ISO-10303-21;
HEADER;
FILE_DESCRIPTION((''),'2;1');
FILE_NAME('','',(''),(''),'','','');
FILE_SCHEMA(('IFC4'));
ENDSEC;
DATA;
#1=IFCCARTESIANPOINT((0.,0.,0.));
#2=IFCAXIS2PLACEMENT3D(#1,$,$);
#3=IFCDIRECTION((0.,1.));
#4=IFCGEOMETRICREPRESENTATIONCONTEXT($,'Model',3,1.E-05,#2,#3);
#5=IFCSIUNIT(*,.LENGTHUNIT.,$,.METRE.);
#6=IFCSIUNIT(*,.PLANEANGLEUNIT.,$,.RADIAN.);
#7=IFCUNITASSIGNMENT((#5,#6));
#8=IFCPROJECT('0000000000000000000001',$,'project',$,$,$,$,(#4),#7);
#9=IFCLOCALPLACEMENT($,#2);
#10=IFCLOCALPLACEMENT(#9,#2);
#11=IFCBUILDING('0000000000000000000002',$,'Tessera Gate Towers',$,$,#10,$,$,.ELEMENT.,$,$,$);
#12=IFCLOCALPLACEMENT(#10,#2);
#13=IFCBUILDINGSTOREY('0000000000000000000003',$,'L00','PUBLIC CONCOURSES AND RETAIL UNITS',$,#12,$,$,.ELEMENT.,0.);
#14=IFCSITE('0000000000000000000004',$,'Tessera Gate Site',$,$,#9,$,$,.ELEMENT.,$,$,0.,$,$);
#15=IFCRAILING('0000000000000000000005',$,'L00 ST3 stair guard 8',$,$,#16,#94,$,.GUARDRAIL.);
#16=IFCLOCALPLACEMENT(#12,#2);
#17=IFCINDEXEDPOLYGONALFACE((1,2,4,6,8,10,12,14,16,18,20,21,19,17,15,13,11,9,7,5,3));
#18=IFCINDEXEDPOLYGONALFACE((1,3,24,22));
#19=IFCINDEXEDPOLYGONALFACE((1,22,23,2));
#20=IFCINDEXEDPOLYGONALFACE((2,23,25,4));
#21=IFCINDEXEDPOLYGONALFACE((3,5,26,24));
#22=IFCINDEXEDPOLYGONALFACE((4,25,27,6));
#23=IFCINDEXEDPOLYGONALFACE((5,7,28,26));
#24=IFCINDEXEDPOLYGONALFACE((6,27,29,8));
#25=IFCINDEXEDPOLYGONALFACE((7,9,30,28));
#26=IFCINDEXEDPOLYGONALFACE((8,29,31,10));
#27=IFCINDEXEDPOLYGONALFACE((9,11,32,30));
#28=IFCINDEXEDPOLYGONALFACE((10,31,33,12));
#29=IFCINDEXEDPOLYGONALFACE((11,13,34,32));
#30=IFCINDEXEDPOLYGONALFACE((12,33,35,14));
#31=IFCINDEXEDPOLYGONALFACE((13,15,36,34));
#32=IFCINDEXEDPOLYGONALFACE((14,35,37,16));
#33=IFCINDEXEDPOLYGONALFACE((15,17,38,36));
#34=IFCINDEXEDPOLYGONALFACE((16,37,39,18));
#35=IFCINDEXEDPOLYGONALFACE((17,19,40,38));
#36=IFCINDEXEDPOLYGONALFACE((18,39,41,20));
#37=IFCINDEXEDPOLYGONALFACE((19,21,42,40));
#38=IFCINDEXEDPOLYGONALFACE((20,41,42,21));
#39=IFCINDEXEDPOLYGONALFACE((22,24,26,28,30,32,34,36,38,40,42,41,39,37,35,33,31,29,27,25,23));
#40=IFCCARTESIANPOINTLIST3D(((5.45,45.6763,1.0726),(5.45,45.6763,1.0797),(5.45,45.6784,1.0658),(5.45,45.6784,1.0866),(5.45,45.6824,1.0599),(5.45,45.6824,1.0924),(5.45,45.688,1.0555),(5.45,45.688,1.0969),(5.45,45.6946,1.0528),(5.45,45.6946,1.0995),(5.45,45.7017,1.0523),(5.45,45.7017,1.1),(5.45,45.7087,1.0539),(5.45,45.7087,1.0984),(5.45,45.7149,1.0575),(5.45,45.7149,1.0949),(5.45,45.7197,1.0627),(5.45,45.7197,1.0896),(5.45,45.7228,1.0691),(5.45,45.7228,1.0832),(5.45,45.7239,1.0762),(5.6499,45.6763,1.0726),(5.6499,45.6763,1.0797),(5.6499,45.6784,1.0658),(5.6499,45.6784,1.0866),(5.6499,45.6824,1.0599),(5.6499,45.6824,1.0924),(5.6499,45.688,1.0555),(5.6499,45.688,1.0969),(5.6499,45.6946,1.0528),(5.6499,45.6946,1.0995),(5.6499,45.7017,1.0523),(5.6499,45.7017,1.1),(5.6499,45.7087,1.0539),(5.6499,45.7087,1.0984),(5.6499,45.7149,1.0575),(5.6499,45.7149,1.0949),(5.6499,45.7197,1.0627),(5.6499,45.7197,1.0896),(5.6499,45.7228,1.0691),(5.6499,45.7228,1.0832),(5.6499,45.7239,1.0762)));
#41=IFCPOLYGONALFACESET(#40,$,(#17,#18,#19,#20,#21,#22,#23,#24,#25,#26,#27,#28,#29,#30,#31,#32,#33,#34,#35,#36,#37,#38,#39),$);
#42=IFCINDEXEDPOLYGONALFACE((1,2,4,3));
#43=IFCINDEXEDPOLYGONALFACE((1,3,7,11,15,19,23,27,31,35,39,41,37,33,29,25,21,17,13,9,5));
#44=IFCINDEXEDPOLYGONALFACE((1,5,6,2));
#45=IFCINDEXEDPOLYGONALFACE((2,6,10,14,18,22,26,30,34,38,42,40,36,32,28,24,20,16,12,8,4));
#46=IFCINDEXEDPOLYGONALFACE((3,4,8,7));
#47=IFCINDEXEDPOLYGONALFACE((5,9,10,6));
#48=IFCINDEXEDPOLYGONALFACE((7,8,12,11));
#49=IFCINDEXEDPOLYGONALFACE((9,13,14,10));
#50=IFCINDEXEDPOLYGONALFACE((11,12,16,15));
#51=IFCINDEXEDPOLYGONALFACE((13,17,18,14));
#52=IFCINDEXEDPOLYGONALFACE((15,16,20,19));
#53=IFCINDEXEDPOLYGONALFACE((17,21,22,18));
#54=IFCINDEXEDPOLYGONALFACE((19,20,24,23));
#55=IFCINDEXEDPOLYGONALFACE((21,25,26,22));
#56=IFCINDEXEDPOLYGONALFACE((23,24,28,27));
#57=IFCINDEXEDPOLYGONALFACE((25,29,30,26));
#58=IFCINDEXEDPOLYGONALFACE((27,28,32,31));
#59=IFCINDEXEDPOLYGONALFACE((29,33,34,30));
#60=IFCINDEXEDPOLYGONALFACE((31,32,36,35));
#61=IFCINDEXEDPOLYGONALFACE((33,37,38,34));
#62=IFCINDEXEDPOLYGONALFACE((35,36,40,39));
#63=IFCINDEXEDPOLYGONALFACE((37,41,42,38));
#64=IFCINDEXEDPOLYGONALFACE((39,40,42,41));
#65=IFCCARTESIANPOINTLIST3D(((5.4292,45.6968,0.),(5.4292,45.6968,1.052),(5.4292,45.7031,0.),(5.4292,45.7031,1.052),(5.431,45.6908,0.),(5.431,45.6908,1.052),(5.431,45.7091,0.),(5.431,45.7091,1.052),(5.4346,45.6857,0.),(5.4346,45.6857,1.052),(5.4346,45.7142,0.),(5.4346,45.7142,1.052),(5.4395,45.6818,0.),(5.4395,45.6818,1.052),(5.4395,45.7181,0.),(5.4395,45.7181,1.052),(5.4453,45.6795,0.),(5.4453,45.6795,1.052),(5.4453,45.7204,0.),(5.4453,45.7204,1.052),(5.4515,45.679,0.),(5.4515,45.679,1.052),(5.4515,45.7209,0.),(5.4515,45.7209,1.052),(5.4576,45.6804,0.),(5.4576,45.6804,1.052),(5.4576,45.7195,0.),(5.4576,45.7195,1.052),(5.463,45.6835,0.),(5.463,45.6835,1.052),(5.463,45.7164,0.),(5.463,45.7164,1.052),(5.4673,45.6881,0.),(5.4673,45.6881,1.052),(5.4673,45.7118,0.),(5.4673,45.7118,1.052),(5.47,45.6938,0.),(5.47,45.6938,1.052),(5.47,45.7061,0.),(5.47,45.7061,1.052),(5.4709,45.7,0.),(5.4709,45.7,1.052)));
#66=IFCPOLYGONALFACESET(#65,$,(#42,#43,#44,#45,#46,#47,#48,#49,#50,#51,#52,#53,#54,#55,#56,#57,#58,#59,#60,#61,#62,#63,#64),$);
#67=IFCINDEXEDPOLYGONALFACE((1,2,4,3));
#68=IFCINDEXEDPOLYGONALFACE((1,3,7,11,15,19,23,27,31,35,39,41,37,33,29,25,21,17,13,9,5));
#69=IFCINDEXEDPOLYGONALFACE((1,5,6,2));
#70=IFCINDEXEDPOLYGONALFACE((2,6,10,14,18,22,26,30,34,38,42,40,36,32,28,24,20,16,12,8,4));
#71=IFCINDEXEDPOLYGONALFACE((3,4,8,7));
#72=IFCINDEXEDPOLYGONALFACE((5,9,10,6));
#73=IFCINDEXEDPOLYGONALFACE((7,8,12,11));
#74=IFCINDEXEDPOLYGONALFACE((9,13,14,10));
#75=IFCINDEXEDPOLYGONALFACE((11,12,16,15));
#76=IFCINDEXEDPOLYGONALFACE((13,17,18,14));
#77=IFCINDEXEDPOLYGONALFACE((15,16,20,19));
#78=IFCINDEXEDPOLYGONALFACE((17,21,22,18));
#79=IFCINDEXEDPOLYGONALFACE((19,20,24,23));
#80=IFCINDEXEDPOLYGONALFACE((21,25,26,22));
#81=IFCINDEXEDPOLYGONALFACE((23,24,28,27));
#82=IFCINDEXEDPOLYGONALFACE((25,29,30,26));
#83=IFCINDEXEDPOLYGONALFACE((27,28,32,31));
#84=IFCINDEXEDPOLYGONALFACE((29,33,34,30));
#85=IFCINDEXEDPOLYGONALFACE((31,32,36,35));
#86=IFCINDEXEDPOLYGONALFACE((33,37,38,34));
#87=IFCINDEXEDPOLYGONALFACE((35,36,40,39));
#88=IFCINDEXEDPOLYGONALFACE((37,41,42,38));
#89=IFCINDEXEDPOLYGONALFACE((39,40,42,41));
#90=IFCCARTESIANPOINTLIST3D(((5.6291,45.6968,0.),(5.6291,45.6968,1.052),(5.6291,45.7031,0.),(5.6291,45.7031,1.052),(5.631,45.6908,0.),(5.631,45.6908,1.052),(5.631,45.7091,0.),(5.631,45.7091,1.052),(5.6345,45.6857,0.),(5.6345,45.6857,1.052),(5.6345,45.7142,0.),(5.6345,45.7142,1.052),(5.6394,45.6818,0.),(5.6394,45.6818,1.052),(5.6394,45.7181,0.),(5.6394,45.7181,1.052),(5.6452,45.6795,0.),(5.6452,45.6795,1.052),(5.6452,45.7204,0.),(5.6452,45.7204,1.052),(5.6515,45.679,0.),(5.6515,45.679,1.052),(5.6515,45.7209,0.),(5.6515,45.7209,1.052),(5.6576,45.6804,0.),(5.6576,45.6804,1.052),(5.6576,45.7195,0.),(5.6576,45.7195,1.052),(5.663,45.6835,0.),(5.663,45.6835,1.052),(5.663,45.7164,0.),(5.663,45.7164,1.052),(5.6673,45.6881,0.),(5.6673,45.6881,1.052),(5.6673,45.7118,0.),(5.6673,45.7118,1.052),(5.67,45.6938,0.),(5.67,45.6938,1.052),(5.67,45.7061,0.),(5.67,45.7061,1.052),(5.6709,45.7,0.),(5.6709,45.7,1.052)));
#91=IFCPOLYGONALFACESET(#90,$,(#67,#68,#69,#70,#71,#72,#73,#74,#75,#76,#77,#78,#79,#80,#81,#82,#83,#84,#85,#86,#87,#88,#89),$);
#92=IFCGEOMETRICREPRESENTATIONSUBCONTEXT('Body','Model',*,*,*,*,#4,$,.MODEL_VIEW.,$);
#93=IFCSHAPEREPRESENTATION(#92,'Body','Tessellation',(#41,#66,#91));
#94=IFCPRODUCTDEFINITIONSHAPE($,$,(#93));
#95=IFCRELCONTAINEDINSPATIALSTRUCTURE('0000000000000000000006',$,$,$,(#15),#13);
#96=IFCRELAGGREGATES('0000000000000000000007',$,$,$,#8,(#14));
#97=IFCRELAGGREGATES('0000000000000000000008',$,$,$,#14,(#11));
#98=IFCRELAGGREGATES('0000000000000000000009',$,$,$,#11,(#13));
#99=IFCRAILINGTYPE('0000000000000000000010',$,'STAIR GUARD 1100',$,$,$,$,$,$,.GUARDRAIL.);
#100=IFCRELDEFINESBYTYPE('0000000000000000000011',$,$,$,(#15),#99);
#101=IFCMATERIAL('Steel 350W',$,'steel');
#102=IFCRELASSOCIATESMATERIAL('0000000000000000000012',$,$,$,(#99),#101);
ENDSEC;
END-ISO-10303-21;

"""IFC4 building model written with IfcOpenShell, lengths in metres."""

from ifc_helpers import new_model, si_unit, direction, frame, origin, origin_2d, place, context, subcontext, project, spatial, circle, extrude, material, type_object, element, save


model = new_model("IFC4")

# Units and contexts
model_context = context("Model", 3, precision=1e-05, world=origin(), true_north=direction((0.0, 1.0)))
body_context = subcontext(model_context, "Body", "Model", "MODEL_VIEW")
ifc_project = project(units=[si_unit("LENGTHUNIT", "METRE"), si_unit("PLANEANGLEUNIT", "RADIAN")], contexts=[model_context])

# Site, building, storey
site_placement = place(None, origin())
site = spatial("IfcSite", under=ifc_project, at=site_placement, Name="Tessera Gate Site", CompositionType="ELEMENT", RefElevation=0.0)
building_placement = place(site_placement, origin())
building = spatial("IfcBuilding", under=site, at=building_placement, Name="Tessera Gate Towers", CompositionType="ELEMENT")
storey_placement = place(building_placement, origin())
storey = spatial("IfcBuildingStorey", under=building, at=storey_placement, Name="L00", Description="PUBLIC CONCOURSES AND RETAIL UNITS", CompositionType="ELEMENT", Elevation=0.0)

# Railing
ifc_material_1 = material(Name="Steel 350W", Category="steel")
railing_type_1 = type_object("IfcRailingType", Name="STAIR GUARD 1100", PredefinedType="GUARDRAIL", material=ifc_material_1)
railing_1_placement = place(storey_placement, frame((5.45, 45.7, 0.0)))
element("IfcRailing", 1, at=railing_1_placement, inside=storey, type_object=railing_type_1, Name="L00 ST3 stair guard 8", PredefinedType="GUARDRAIL", context=body_context, shape_type="SweptSolid", body=[
    extrude(circle(Radius=0.0239, at=origin_2d()), frame((0.0, 0.0, 1.0762), z_axis=(1.0, 0.0, 0.0), x_axis=(0.0, 1.0, 0.0)), (0.0, 0.0, 1.0), 0.2),
    extrude(circle(Radius=0.021, at=origin_2d()), origin(), (0.0, 0.0, 1.0), 1.052),
    extrude(circle(Radius=0.021, at=origin_2d()), frame((0.2, 0.0, 0.0)), (0.0, 0.0, 1.0), 1.052),
])

save(model, "model.ifc")
